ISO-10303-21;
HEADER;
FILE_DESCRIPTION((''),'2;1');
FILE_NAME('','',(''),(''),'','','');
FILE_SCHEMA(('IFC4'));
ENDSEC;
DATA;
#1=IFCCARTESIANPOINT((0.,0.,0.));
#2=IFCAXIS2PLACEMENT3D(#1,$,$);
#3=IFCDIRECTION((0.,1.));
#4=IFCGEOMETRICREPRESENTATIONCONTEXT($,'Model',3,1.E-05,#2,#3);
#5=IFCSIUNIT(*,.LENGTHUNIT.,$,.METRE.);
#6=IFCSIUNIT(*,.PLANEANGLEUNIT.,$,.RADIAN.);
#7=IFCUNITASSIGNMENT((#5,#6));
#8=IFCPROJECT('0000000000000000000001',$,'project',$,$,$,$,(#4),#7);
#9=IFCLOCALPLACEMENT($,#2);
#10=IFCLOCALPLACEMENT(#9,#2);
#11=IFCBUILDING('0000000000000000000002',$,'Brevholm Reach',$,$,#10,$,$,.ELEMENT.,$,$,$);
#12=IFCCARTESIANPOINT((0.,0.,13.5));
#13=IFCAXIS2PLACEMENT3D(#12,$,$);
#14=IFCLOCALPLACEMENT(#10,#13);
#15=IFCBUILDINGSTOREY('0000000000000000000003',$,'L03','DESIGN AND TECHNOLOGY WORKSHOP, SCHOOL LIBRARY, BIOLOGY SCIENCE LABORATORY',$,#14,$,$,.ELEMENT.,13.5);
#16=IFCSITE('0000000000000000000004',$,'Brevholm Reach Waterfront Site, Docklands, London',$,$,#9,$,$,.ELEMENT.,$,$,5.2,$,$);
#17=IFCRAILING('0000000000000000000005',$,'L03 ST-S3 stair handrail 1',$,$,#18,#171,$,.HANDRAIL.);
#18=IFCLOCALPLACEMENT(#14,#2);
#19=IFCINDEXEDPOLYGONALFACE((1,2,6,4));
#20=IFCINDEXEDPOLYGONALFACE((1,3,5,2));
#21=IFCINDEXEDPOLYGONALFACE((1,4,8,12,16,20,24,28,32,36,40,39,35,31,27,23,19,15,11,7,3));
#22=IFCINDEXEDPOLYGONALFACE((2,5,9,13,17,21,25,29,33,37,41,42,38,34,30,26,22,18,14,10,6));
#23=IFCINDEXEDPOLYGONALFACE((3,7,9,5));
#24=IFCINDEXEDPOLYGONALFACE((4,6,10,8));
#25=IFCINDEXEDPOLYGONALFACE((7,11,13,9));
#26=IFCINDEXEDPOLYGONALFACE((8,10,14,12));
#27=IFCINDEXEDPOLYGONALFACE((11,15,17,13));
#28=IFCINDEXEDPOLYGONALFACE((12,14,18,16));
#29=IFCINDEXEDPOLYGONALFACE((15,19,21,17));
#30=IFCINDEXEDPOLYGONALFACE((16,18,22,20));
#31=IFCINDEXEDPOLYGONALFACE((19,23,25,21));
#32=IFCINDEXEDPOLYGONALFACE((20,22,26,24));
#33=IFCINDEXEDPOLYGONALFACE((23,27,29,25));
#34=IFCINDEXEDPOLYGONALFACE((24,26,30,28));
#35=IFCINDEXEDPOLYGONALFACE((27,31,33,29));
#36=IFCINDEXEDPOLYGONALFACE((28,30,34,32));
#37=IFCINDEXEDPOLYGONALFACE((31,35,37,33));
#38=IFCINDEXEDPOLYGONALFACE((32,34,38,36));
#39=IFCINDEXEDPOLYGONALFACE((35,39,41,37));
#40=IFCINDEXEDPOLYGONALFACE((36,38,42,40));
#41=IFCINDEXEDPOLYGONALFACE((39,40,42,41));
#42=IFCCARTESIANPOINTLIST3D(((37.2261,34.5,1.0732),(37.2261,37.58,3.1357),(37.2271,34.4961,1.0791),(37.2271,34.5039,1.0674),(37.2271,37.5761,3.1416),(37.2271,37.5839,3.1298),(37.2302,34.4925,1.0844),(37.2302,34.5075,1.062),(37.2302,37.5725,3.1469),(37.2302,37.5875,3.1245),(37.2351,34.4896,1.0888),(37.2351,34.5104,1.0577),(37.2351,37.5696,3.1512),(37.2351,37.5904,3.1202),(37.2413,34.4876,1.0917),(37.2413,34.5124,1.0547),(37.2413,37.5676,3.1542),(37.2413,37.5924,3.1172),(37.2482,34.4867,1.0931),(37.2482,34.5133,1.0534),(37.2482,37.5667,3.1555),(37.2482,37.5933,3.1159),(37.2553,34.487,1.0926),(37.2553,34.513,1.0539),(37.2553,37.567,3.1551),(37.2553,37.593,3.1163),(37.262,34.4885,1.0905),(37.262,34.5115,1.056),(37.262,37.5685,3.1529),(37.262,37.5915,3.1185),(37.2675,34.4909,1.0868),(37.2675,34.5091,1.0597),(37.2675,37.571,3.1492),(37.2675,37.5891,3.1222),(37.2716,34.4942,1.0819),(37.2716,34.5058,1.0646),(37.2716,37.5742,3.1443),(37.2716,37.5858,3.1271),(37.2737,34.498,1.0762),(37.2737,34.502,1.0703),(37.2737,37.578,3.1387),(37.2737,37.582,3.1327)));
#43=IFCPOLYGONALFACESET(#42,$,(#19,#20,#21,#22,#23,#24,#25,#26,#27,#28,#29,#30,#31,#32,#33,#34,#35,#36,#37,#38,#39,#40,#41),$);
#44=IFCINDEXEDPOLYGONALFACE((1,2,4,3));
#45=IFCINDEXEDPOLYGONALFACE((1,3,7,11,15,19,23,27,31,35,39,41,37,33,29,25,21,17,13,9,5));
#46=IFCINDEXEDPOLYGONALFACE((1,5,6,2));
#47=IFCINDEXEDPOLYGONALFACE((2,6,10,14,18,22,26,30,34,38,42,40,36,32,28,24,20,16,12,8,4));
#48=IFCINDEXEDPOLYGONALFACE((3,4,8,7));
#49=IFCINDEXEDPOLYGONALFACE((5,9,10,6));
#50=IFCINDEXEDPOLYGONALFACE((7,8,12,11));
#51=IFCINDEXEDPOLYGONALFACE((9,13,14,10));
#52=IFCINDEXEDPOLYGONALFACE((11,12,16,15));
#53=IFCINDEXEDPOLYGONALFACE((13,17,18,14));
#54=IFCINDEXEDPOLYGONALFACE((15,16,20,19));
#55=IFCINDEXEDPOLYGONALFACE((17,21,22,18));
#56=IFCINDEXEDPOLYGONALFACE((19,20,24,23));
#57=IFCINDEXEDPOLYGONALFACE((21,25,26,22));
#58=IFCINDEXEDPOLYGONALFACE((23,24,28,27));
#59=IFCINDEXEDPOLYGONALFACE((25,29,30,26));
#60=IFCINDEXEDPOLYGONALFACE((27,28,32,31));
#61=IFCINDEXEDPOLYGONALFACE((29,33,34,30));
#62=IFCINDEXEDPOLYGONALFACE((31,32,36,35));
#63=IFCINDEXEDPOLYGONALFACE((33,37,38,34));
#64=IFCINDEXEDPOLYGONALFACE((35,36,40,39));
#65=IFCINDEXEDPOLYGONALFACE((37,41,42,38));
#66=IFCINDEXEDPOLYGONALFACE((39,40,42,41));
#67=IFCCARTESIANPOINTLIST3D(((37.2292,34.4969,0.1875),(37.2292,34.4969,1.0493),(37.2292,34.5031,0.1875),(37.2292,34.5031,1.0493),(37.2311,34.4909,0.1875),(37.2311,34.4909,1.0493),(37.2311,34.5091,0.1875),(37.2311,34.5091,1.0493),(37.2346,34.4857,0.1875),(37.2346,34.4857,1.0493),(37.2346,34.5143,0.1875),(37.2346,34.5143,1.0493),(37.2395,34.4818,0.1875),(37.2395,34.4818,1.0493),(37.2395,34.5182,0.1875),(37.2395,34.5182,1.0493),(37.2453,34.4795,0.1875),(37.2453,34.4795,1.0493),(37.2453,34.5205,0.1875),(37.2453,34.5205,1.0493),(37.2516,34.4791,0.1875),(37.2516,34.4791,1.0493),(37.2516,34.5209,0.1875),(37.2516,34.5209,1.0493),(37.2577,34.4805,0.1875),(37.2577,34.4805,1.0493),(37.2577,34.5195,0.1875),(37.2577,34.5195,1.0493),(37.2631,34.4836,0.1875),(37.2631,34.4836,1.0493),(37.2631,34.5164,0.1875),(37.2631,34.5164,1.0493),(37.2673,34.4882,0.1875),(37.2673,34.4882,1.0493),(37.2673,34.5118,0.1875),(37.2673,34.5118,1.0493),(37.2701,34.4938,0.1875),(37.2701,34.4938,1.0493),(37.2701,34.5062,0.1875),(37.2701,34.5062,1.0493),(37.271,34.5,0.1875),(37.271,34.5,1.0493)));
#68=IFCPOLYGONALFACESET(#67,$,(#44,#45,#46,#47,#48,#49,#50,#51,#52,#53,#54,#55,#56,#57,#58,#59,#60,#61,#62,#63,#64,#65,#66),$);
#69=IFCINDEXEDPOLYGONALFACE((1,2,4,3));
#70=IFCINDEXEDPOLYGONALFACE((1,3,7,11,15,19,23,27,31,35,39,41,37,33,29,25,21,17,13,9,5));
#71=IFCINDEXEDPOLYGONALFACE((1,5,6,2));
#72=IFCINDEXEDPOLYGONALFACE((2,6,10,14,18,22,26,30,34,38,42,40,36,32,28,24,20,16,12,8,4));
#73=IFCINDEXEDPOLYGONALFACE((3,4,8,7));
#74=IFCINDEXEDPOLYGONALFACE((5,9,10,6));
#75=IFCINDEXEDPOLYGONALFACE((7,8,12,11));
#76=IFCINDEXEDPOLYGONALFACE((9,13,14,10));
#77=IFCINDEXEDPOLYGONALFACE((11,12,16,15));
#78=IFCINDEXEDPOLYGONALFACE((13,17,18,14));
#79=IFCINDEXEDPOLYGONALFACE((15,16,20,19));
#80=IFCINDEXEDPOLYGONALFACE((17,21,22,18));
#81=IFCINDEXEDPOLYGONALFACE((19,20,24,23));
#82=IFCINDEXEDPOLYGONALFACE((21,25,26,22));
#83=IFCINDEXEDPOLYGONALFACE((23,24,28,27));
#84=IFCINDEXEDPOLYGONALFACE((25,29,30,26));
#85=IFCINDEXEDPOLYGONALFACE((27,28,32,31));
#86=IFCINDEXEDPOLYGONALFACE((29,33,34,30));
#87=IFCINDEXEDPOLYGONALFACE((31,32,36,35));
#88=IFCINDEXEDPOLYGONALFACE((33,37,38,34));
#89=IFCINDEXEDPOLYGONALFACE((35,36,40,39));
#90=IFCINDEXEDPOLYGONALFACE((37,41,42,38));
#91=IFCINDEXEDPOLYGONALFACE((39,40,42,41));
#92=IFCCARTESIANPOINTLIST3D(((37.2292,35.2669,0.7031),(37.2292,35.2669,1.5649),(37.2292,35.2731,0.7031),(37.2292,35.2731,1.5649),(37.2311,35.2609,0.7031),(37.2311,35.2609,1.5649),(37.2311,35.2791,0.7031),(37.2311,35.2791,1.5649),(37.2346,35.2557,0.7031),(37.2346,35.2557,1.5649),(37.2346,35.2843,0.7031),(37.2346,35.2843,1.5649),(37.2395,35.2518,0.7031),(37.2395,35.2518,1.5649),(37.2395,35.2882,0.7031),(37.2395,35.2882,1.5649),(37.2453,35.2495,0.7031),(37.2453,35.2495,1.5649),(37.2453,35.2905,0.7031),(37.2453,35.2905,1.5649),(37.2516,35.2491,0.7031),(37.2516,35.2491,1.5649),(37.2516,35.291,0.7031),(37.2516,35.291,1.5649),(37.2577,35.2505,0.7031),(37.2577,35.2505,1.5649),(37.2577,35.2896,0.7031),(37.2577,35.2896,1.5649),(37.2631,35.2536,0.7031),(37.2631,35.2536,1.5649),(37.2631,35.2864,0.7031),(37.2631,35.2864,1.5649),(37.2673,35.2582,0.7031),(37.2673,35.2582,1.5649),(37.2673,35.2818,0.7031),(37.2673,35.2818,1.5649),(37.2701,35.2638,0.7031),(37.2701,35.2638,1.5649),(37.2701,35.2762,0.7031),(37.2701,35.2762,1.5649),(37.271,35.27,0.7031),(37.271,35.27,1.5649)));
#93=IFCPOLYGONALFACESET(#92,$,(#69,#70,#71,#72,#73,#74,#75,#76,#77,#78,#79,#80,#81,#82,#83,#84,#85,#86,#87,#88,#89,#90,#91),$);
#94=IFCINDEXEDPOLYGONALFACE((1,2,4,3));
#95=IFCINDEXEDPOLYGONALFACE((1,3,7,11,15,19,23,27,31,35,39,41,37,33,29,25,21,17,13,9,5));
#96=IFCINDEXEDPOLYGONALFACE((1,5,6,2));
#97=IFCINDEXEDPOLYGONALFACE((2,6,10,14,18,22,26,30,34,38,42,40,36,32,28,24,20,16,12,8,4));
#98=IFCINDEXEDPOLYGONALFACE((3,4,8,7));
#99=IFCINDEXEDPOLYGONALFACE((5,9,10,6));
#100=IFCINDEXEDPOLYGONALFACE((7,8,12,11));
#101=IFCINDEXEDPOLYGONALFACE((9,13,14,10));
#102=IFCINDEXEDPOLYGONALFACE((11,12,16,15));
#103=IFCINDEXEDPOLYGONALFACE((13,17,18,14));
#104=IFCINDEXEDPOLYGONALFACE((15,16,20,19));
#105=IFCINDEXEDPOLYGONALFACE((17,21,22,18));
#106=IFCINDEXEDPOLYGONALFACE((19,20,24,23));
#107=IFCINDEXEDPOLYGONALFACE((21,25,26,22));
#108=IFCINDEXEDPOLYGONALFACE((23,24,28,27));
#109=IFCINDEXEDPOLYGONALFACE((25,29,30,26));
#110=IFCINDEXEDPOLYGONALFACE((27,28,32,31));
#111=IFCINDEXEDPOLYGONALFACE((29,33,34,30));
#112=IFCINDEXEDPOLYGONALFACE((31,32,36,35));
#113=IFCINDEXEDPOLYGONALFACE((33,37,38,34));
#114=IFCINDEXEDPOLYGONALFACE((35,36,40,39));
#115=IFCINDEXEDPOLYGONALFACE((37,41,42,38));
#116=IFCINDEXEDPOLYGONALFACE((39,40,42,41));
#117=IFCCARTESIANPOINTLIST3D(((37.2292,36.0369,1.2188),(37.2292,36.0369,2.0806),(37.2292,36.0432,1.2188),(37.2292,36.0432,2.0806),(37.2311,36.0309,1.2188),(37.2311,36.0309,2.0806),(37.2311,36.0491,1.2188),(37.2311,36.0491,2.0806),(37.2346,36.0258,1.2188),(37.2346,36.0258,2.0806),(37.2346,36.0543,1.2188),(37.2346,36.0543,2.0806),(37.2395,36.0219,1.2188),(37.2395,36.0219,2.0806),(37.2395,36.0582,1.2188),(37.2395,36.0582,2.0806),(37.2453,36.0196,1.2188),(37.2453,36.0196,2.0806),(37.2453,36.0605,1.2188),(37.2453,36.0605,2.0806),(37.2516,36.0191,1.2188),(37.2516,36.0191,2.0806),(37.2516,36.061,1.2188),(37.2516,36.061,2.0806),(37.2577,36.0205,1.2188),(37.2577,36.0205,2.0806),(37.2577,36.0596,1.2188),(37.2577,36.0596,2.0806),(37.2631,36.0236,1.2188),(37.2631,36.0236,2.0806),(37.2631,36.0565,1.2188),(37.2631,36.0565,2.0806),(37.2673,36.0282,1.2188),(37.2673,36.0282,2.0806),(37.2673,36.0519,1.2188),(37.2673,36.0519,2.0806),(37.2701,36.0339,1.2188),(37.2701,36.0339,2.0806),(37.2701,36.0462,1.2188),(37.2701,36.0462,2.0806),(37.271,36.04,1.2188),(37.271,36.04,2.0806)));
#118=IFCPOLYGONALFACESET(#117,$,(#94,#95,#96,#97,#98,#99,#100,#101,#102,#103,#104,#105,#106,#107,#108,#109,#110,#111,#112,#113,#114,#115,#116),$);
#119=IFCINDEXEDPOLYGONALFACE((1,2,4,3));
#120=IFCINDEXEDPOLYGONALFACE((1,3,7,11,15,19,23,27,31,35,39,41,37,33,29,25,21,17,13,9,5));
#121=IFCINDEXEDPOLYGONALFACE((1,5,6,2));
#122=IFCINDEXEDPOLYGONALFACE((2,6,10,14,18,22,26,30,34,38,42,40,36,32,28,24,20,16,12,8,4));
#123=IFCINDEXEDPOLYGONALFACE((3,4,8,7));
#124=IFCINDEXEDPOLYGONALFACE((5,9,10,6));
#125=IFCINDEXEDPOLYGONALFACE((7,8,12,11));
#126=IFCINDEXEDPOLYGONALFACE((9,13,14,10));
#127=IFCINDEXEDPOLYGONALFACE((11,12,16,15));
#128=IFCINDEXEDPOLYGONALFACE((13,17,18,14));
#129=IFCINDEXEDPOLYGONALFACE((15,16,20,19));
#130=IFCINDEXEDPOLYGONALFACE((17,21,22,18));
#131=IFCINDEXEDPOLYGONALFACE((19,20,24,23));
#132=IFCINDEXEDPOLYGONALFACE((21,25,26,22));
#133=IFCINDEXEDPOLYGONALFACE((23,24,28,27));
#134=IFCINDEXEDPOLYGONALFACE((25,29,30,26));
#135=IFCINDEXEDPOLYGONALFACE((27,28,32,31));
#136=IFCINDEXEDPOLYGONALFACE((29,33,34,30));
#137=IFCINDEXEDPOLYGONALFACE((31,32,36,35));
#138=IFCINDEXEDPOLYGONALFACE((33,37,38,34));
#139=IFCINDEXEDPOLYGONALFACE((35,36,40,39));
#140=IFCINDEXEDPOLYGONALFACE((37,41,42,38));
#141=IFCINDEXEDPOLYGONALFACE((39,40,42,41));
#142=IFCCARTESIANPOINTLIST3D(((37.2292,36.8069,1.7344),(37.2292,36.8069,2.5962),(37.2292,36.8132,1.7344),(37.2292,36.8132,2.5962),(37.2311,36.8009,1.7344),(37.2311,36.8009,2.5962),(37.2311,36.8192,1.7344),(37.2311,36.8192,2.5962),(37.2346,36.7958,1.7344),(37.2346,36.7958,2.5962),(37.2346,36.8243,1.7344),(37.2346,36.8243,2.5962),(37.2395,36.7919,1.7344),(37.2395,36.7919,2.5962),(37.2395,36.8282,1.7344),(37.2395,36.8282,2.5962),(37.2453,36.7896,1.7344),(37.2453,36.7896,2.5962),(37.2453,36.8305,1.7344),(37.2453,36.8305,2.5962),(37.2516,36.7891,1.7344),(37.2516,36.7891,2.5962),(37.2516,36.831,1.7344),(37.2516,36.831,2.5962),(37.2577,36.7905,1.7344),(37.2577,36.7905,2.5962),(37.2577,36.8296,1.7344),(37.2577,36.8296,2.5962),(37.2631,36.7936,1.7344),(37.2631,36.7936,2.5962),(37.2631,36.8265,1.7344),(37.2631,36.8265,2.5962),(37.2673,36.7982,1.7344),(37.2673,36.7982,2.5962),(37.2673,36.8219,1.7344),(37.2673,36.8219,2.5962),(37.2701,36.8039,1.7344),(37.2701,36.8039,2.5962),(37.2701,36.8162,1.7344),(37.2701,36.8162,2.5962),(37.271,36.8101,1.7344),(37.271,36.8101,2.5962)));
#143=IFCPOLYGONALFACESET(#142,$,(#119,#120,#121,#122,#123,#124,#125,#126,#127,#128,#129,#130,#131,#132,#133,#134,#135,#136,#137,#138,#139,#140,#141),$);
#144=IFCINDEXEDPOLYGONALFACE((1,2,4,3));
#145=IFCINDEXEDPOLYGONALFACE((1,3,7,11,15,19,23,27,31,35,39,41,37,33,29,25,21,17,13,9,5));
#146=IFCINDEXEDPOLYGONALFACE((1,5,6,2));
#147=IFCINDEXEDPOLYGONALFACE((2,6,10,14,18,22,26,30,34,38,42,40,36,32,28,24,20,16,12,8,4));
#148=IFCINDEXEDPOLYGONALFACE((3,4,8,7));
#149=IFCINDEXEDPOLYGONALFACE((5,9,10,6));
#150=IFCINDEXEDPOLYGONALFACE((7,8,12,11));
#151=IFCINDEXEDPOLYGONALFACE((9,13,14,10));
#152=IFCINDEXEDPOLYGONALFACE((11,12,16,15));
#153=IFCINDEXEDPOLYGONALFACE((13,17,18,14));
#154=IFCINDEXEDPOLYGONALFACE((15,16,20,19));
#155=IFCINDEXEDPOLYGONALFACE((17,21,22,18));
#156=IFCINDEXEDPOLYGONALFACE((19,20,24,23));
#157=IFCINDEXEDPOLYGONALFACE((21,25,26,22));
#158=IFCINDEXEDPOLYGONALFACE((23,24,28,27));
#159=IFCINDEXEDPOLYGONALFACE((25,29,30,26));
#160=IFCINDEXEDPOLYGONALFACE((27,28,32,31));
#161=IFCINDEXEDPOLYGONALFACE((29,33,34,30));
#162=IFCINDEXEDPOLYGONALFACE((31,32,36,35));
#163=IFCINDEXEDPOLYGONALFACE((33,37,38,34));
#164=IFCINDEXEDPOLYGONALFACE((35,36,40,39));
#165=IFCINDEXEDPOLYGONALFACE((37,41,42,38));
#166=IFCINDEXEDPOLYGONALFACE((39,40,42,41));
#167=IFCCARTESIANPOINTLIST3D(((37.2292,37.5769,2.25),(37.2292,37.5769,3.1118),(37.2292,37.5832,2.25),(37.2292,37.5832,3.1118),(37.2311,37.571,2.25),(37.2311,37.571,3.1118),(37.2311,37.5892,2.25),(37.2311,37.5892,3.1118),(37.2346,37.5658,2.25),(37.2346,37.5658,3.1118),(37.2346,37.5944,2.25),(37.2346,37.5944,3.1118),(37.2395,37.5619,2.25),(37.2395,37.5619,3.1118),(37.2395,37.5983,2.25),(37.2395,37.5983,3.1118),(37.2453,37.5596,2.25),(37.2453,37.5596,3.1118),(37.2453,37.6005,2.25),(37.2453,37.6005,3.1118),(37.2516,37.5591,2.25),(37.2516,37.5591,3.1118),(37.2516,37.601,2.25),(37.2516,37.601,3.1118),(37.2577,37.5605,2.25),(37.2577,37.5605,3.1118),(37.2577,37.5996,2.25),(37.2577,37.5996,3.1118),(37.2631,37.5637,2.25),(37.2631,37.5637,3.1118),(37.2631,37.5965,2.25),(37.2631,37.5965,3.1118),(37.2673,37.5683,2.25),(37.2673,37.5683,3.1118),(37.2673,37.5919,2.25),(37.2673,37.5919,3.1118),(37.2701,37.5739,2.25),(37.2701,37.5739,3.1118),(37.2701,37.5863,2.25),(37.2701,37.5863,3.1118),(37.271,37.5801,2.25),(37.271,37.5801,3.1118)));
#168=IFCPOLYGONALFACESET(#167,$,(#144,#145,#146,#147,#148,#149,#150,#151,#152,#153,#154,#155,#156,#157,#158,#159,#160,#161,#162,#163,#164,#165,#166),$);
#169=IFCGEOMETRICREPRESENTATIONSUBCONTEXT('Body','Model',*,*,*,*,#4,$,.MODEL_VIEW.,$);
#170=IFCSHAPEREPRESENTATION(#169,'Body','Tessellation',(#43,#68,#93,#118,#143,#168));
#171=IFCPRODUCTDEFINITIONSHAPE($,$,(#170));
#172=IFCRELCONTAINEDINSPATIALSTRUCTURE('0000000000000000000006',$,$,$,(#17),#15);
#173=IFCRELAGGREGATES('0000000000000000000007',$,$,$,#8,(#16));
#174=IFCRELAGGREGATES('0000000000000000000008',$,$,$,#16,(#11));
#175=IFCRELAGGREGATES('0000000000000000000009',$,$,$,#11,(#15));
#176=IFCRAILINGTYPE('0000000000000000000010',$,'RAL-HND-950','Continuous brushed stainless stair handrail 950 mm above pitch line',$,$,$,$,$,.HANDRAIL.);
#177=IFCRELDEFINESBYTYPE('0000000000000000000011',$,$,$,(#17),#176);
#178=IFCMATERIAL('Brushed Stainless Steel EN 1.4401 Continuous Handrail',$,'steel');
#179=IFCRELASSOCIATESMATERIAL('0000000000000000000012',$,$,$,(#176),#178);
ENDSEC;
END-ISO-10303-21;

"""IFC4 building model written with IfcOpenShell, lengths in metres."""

from ifc_helpers import new_model, si_unit, direction, frame, origin, origin_2d, place, context, subcontext, project, spatial, circle, extrude, material, type_object, element, save


model = new_model("IFC4")

# Units and contexts
model_context = context("Model", 3, precision=1e-05, world=origin(), true_north=direction((0.0, 1.0)))
body_context = subcontext(model_context, "Body", "Model", "MODEL_VIEW")
ifc_project = project(units=[si_unit("LENGTHUNIT", "METRE"), si_unit("PLANEANGLEUNIT", "RADIAN")], contexts=[model_context])

# Site, building, storey
site_placement = place(None, origin())
site = spatial("IfcSite", under=ifc_project, at=site_placement, Name="Brevholm Reach Waterfront Site, Docklands, London", CompositionType="ELEMENT", RefElevation=5.2)
building_placement = place(site_placement, origin())
building = spatial("IfcBuilding", under=site, at=building_placement, Name="Brevholm Reach", CompositionType="ELEMENT")
storey_placement = place(building_placement, frame((0.0, 0.0, 13.5)))
storey = spatial("IfcBuildingStorey", under=building, at=storey_placement, Name="L03", Description="DESIGN AND TECHNOLOGY WORKSHOP, SCHOOL LIBRARY, BIOLOGY SCIENCE LABORATORY", CompositionType="ELEMENT", Elevation=13.5)

# Railing
ifc_material_1 = material(Name="Brushed Stainless Steel EN 1.4401 Continuous Handrail", Category="steel")
railing_type_1 = type_object("IfcRailingType", Name="RAL-HND-950", Description="Continuous brushed stainless stair handrail 950 mm above pitch line", PredefinedType="HANDRAIL", material=ifc_material_1)
railing_1_placement = place(storey_placement, frame((37.25, 34.5, 0.1875)))
element("IfcRailing", 1, at=railing_1_placement, inside=storey, type_object=railing_type_1, Name="L03 ST-S3 stair handrail 1", PredefinedType="HANDRAIL", context=body_context, shape_type="SweptSolid", body=[
    extrude(circle(Radius=0.0239, at=origin_2d()), frame((0.0, 0.0, 0.8857), z_axis=(0.0, 0.830914, 0.556401), x_axis=(-1.0, 0.0, 0.0)), (0.0, 0.0, 1.0), 3.7068),
    extrude(circle(Radius=0.021, at=origin_2d()), origin(), (0.0, 0.0, 1.0), 0.8618),
    extrude(circle(Radius=0.021, at=origin_2d()), frame((0.0, 0.77, 0.5156)), (0.0, 0.0, 1.0), 0.8618),
    extrude(circle(Radius=0.021, at=origin_2d()), frame((0.0, 1.54, 1.0312)), (0.0, 0.0, 1.0), 0.8618),
    extrude(circle(Radius=0.021, at=origin_2d()), frame((0.0, 2.3101, 1.5469)), (0.0, 0.0, 1.0), 0.8618),
    extrude(circle(Radius=0.021, at=origin_2d()), frame((0.0, 3.0801, 2.0625)), (0.0, 0.0, 1.0), 0.8618),
])

save(model, "model.ifc")
